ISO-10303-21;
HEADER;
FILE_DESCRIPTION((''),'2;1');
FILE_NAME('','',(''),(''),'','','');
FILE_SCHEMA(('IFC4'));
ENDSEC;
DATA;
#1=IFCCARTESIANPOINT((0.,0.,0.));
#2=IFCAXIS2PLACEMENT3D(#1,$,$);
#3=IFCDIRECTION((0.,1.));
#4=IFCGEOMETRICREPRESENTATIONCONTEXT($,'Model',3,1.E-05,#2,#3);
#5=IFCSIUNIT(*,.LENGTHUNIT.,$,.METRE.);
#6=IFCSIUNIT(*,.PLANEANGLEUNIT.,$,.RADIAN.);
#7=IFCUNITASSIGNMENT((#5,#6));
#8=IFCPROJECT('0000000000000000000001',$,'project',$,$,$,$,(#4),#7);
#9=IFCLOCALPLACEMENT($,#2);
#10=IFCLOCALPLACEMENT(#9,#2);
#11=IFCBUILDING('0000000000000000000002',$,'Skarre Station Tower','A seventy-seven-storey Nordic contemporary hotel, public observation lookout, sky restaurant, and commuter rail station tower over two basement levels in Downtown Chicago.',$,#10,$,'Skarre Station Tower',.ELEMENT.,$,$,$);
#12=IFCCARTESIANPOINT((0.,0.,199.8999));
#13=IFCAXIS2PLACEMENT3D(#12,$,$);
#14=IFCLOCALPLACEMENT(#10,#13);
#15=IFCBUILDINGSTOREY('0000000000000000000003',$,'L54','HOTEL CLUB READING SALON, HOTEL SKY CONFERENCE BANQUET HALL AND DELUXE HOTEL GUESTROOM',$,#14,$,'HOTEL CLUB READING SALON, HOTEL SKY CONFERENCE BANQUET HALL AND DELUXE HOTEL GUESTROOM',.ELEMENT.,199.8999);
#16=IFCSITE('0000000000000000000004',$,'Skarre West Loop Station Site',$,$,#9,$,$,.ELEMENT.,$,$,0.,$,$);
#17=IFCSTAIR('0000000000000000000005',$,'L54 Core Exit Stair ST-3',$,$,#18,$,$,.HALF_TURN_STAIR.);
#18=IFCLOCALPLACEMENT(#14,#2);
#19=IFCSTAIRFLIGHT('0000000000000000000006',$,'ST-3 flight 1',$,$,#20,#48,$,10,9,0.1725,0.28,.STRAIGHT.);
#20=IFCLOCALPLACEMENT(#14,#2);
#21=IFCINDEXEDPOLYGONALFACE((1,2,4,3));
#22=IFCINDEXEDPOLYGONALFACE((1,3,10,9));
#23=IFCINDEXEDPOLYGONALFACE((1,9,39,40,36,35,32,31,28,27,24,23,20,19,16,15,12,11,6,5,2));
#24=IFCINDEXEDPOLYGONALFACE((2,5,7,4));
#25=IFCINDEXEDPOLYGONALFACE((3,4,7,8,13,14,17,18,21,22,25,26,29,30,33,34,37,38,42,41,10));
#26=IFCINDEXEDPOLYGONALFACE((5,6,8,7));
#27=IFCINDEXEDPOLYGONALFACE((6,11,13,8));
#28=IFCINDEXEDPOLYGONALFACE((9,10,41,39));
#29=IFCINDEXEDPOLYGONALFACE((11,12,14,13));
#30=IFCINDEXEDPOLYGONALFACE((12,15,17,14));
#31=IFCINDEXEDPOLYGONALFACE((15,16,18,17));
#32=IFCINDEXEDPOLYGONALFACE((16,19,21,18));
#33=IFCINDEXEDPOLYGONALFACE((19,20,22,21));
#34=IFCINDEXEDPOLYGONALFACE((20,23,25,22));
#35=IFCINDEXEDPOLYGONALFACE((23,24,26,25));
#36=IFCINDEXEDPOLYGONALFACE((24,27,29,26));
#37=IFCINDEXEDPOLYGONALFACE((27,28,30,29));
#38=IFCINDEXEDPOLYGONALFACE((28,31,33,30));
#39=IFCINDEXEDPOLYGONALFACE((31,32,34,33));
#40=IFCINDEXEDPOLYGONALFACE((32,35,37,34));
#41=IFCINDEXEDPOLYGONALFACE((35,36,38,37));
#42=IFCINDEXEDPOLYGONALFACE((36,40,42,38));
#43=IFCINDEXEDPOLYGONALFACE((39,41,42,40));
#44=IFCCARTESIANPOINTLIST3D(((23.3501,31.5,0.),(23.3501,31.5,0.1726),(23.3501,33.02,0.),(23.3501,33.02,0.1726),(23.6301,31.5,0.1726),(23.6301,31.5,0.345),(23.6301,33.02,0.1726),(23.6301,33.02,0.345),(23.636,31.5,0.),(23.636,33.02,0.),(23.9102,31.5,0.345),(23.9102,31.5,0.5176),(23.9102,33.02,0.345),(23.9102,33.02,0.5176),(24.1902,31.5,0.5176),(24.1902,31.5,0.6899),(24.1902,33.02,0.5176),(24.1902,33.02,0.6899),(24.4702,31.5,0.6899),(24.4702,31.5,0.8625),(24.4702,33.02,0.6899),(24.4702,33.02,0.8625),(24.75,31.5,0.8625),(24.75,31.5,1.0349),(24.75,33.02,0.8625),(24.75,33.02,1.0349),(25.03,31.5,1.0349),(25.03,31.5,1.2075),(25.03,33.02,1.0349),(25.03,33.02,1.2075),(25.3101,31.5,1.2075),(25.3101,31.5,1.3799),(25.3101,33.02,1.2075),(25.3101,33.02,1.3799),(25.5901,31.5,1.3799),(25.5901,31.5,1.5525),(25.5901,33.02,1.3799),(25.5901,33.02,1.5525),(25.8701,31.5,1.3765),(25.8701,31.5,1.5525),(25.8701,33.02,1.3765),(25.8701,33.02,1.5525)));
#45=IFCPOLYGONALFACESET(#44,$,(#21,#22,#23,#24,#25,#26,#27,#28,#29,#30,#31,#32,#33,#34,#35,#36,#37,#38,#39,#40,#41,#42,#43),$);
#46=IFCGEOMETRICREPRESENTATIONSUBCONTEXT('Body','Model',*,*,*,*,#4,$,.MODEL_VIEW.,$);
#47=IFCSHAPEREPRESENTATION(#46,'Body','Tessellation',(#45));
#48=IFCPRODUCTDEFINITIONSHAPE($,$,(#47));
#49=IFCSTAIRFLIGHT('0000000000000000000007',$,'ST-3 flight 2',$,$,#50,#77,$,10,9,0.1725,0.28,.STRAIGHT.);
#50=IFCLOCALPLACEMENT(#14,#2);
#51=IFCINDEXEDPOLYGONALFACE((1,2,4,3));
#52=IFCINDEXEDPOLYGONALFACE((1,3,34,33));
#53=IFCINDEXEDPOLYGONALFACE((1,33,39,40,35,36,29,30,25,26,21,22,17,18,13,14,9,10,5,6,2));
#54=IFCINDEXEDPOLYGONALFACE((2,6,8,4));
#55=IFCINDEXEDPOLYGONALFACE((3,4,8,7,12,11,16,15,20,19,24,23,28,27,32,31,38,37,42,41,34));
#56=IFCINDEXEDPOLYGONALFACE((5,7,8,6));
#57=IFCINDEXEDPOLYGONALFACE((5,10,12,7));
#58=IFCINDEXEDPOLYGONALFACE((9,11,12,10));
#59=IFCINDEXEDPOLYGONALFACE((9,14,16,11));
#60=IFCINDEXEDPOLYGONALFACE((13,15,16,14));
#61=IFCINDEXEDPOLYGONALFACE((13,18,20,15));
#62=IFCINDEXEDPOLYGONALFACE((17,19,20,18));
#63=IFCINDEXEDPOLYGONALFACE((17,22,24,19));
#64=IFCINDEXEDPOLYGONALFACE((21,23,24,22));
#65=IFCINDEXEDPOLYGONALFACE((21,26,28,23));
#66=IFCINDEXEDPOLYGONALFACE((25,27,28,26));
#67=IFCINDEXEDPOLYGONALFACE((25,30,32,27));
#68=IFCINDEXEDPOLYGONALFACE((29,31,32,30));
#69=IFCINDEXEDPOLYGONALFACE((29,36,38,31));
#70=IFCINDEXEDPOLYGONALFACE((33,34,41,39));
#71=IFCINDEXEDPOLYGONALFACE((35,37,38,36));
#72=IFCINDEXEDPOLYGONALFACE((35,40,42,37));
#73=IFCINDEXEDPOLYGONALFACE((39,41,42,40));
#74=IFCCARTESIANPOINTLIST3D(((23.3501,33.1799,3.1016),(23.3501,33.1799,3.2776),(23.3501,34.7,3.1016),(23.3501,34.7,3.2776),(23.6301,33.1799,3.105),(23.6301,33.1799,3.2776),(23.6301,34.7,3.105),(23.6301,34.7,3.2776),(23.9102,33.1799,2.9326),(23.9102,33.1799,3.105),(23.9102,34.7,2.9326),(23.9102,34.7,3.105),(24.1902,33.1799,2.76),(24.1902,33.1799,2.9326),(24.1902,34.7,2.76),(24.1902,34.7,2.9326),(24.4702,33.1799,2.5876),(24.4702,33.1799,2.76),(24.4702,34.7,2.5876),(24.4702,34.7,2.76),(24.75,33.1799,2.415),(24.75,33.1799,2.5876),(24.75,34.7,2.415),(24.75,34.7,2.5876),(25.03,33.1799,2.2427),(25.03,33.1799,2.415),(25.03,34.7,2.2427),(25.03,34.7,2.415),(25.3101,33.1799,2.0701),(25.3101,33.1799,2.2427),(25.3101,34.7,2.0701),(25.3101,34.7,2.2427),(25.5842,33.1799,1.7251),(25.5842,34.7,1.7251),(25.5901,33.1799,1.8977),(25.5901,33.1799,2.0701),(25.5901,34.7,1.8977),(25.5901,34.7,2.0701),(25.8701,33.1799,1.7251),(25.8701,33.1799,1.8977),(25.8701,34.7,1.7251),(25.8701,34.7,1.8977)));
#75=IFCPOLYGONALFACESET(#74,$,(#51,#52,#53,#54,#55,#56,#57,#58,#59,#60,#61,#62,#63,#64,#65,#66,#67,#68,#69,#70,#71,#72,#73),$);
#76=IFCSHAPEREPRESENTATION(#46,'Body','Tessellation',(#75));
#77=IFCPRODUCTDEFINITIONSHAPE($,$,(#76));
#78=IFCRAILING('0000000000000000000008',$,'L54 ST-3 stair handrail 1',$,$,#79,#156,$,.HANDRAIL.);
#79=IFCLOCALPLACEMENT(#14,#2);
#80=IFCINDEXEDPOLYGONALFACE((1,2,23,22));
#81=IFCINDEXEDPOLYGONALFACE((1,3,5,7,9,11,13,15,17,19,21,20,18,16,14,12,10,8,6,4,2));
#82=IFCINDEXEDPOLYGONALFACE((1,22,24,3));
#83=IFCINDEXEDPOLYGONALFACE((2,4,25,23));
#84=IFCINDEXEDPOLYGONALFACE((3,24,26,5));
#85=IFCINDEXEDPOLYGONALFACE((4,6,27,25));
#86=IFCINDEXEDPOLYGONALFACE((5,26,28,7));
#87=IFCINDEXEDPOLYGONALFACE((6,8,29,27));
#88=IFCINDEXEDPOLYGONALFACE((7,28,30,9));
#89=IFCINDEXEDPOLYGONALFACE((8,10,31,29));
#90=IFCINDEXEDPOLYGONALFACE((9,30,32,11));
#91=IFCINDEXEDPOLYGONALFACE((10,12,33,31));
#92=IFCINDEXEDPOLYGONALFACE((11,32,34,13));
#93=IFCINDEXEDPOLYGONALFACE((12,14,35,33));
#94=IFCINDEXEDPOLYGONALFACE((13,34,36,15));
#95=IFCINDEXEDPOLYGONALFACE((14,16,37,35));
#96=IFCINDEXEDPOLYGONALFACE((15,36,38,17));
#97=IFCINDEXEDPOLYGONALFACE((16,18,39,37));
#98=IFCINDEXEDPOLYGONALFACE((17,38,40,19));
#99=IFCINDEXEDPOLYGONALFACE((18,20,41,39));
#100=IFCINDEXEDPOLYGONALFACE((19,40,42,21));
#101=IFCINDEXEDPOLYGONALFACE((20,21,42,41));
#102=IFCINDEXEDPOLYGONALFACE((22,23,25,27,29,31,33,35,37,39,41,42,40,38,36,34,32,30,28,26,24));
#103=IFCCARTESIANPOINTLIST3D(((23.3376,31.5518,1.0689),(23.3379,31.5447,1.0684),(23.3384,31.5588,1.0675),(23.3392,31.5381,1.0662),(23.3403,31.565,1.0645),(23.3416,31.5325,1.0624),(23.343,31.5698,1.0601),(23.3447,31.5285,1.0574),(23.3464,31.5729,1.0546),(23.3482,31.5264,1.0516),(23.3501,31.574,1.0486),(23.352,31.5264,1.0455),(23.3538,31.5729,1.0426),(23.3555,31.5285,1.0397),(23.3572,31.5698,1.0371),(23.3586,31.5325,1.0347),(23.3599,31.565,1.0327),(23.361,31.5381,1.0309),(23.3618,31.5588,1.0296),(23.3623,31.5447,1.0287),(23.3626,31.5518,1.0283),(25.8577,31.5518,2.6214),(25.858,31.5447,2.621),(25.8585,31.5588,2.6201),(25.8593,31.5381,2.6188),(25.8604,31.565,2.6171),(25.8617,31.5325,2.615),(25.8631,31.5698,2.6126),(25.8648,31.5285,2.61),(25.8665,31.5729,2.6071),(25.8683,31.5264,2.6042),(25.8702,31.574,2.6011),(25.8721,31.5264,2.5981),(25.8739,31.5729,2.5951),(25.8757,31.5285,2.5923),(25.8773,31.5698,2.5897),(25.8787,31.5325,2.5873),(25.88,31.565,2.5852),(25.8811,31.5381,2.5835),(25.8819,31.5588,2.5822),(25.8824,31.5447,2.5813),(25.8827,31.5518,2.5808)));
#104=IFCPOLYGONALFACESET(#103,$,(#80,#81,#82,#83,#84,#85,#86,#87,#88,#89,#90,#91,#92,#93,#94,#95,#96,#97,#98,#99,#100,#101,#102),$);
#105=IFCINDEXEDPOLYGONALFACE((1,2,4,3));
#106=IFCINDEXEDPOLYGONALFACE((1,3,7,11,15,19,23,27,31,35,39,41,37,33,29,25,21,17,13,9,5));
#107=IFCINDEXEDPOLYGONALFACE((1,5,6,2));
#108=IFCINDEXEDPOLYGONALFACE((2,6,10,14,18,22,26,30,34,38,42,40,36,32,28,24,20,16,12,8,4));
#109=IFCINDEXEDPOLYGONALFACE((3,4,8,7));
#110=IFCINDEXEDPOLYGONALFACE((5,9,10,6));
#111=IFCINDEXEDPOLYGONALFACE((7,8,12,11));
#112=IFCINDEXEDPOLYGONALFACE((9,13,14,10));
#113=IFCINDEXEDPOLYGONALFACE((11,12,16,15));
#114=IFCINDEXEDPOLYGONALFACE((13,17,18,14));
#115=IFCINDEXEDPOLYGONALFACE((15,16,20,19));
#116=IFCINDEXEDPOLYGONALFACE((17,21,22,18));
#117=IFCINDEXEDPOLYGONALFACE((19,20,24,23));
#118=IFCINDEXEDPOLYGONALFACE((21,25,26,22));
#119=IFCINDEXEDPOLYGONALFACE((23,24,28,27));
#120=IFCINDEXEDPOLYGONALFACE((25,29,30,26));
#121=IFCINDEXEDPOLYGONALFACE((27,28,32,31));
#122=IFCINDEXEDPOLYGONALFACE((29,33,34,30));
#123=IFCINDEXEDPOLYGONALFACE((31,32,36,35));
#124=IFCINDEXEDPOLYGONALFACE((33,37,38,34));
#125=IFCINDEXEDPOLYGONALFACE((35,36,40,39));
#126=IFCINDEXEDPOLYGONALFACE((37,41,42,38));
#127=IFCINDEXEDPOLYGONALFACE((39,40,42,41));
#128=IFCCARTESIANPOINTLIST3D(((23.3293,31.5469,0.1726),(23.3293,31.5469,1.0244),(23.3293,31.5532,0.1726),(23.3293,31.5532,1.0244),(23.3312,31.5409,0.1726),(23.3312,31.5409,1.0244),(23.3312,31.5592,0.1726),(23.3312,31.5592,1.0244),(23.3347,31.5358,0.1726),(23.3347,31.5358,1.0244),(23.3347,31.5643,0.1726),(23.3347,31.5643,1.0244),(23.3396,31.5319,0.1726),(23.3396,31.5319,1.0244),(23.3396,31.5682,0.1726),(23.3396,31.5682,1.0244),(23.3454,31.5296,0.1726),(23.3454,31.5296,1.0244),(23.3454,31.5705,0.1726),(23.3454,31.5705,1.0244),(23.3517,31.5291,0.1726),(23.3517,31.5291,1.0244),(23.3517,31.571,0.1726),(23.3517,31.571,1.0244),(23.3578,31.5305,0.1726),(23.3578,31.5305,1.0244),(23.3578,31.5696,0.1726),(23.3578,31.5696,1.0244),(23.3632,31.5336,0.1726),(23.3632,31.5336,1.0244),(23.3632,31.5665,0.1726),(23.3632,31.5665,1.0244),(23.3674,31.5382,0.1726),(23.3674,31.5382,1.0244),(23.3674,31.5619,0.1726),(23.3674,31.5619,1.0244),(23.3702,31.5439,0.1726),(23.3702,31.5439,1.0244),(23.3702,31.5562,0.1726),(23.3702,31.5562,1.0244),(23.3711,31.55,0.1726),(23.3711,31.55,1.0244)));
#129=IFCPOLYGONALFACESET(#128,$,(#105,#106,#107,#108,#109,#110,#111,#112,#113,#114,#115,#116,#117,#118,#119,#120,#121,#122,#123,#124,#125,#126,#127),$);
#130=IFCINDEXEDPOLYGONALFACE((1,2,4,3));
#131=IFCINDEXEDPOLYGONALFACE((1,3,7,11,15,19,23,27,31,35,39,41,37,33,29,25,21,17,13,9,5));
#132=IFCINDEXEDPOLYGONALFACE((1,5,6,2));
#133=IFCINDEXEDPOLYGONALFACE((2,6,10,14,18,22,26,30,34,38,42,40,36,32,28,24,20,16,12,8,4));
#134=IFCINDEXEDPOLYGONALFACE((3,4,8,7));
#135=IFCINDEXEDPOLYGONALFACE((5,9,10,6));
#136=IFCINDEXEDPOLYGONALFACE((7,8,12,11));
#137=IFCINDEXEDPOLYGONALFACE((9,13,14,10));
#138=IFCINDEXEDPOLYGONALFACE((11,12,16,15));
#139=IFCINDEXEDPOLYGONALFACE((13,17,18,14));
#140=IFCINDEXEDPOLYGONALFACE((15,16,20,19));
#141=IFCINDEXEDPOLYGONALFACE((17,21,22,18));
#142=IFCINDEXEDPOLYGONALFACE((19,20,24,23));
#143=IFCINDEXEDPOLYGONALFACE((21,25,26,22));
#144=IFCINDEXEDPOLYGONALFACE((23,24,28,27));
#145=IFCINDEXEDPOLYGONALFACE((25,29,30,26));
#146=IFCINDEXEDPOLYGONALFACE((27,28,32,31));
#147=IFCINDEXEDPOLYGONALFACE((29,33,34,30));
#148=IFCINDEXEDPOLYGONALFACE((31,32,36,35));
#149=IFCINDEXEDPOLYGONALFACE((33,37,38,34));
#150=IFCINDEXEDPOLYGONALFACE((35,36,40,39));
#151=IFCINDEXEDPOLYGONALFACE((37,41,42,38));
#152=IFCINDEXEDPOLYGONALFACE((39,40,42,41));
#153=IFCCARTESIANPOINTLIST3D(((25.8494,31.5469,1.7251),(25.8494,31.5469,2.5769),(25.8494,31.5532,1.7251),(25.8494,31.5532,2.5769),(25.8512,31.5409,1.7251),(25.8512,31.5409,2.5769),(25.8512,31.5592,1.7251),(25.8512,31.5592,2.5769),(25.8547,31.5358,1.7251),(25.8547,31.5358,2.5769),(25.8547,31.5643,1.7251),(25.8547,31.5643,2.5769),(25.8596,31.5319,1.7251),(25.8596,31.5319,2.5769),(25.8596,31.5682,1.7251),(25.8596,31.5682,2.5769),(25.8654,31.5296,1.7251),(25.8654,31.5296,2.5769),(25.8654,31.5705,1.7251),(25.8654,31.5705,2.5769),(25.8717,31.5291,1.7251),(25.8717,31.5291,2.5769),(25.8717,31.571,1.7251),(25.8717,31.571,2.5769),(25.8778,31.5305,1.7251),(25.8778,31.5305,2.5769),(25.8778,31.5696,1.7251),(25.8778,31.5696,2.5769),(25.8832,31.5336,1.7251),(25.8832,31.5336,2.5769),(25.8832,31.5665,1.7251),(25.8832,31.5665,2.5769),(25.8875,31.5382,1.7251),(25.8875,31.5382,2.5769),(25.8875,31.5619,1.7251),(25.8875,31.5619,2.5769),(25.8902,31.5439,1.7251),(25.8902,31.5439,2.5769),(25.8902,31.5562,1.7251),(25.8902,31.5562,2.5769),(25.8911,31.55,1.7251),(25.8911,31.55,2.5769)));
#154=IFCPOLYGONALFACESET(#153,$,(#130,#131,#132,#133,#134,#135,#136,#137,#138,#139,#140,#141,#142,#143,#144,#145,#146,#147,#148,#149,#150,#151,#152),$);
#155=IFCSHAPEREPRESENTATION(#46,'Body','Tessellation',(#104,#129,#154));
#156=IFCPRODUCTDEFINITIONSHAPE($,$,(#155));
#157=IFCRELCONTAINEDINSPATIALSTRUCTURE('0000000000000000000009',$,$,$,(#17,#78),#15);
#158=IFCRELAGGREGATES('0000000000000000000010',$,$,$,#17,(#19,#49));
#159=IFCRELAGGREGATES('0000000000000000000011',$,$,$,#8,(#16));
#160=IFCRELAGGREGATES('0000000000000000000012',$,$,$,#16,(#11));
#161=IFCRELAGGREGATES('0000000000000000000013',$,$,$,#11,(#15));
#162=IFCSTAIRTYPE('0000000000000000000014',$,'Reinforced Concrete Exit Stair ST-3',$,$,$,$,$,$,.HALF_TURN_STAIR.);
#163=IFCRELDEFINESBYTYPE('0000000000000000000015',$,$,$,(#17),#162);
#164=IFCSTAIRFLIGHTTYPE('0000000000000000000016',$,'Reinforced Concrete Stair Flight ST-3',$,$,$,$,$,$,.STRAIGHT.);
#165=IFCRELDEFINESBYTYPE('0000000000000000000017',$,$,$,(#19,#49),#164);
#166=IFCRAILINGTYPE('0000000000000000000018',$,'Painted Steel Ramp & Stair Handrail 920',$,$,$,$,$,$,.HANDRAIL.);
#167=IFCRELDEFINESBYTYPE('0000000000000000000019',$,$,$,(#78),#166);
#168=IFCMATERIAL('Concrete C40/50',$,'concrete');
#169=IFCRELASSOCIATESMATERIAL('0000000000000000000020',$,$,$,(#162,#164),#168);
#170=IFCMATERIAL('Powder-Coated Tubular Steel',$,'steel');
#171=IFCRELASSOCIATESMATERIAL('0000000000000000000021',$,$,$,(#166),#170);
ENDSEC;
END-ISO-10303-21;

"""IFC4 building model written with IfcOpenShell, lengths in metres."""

from ifc_helpers import new_model, si_unit, direction, frame, origin, origin_2d, place, context, subcontext, project, spatial, polyline, circle, outline, extrude, material, type_object, element, aggregate, save


model = new_model("IFC4")

# Units and contexts
model_context = context("Model", 3, precision=1e-05, world=origin(), true_north=direction((0.0, 1.0)))
body_context = subcontext(model_context, "Body", "Model", "MODEL_VIEW")
ifc_project = project(units=[si_unit("LENGTHUNIT", "METRE"), si_unit("PLANEANGLEUNIT", "RADIAN")], contexts=[model_context])

# Site, building, storey
site_placement = place(None, origin())
site = spatial("IfcSite", under=ifc_project, at=site_placement, Name="Skarre West Loop Station Site", CompositionType="ELEMENT", RefElevation=0.0)
building_placement = place(site_placement, origin())
building = spatial("IfcBuilding", under=site, at=building_placement, Name="Skarre Station Tower", Description="A seventy-seven-storey Nordic contemporary hotel, public observation lookout, sky restaurant, and commuter rail station tower over two basement levels in Downtown Chicago.", LongName="Skarre Station Tower", CompositionType="ELEMENT")
storey_placement = place(building_placement, frame((0.0, 0.0, 199.8999)))
storey = spatial("IfcBuildingStorey", under=building, at=storey_placement, Name="L54", Description="HOTEL CLUB READING SALON, HOTEL SKY CONFERENCE BANQUET HALL AND DELUXE HOTEL GUESTROOM", LongName="HOTEL CLUB READING SALON, HOTEL SKY CONFERENCE BANQUET HALL AND DELUXE HOTEL GUESTROOM", CompositionType="ELEMENT", Elevation=199.8999)

# Stair, stair flights
ifc_material_1 = material(Name="Concrete C40/50", Category="concrete")
stair_type = type_object("IfcStairType", Name="Reinforced Concrete Exit Stair ST-3", PredefinedType="HALF_TURN_STAIR", material=ifc_material_1)
stair_placement = place(storey_placement, origin())
stair = element("IfcStair", 1, at=stair_placement, inside=storey, type_object=stair_type, Name="L54 Core Exit Stair ST-3", PredefinedType="HALF_TURN_STAIR")
stair_flight_type = type_object("IfcStairFlightType", Name="Reinforced Concrete Stair Flight ST-3", PredefinedType="STRAIGHT", material=ifc_material_1)
stair_flight_1_placement = place(storey_placement, frame((23.3501, 32.26, 0.0), z_axis=(0.0, 0.0, 1.0), x_axis=(1.0, 0.0, 0.0)))
stair_flight_1 = element("IfcStairFlight", 2, at=stair_flight_1_placement, type_object=stair_flight_type, Name="ST-3 flight 1", NumberOfRisers=10, NumberOfTreads=9, PredefinedType="STRAIGHT", RiserHeight=0.1725, TreadLength=0.28, context=body_context, shape_type="SweptSolid", body=[
    extrude(outline(polyline([(0.0, 0.0), (0.0, 0.1726), (0.28, 0.1726), (0.28, 0.345), (0.5601, 0.345), (0.5601, 0.5176), (0.8401, 0.5176), (0.8401, 0.6899), (1.1201, 0.6899), (1.1201, 0.8625), (1.3999, 0.8625), (1.3999, 1.0349), (1.6799, 1.0349), (1.6799, 1.2075), (1.96, 1.2075), (1.96, 1.3799), (2.24, 1.3799), (2.24, 1.5525), (2.52, 1.5525), (2.52, 1.7251), (2.52, 1.3765), (0.2859, 0.0), (0.0, 0.0)])), frame((0.0, 0.76, 0.0), z_axis=(0.0, -1.0, 0.0), x_axis=(1.0, 0.0, 0.0)), (0.0, 0.0, 1.0), 1.52),
])
stair_flight_2_placement = place(storey_placement, frame((25.8701, 33.9399, 1.7251), z_axis=(0.0, 0.0, 1.0), x_axis=(-1.0, 0.0, 0.0)))
stair_flight_2 = element("IfcStairFlight", 3, at=stair_flight_2_placement, type_object=stair_flight_type, Name="ST-3 flight 2", NumberOfRisers=10, NumberOfTreads=9, PredefinedType="STRAIGHT", RiserHeight=0.1725, TreadLength=0.28, context=body_context, shape_type="SweptSolid", body=[
    extrude(outline(polyline([(0.0, 0.0), (0.0, 0.1726), (0.28, 0.1726), (0.28, 0.345), (0.5601, 0.345), (0.5601, 0.5176), (0.8401, 0.5176), (0.8401, 0.6899), (1.1201, 0.6899), (1.1201, 0.8625), (1.3999, 0.8625), (1.3999, 1.0349), (1.6799, 1.0349), (1.6799, 1.2075), (1.96, 1.2075), (1.96, 1.3799), (2.24, 1.3799), (2.24, 1.5525), (2.52, 1.5525), (2.52, 1.7251), (2.52, 1.3765), (0.2859, 0.0), (0.0, 0.0)])), frame((0.0, 0.76, 0.0), z_axis=(0.0, -1.0, 0.0), x_axis=(1.0, 0.0, 0.0)), (0.0, 0.0, 1.0), 1.52),
])
aggregate(stair, [stair_flight_1, stair_flight_2])

# Railing
ifc_material_2 = material(Name="Powder-Coated Tubular Steel", Category="steel")
railing_type_1 = type_object("IfcRailingType", Name="Painted Steel Ramp & Stair Handrail 920", PredefinedType="HANDRAIL", material=ifc_material_2)
railing_1_placement = place(storey_placement, frame((23.3501, 31.55, 0.1726)))
element("IfcRailing", 4, at=railing_1_placement, inside=storey, type_object=railing_type_1, Name="L54 ST-3 stair handrail 1", PredefinedType="HANDRAIL", context=body_context, shape_type="SweptSolid", body=[
    extrude(circle(Radius=0.0239, at=origin_2d()), frame((0.0, 0.0, 0.876), z_axis=(0.8514, 0.0, 0.524516), x_axis=(0.0, 1.0, 0.0)), (0.0, 0.0, 1.0), 2.96),
    extrude(circle(Radius=0.021, at=origin_2d()), origin(), (0.0, 0.0, 1.0), 0.8518),
    extrude(circle(Radius=0.021, at=origin_2d()), frame((2.52, 0.0, 1.5525)), (0.0, 0.0, 1.0), 0.8518),
])

save(model, "model.ifc")
